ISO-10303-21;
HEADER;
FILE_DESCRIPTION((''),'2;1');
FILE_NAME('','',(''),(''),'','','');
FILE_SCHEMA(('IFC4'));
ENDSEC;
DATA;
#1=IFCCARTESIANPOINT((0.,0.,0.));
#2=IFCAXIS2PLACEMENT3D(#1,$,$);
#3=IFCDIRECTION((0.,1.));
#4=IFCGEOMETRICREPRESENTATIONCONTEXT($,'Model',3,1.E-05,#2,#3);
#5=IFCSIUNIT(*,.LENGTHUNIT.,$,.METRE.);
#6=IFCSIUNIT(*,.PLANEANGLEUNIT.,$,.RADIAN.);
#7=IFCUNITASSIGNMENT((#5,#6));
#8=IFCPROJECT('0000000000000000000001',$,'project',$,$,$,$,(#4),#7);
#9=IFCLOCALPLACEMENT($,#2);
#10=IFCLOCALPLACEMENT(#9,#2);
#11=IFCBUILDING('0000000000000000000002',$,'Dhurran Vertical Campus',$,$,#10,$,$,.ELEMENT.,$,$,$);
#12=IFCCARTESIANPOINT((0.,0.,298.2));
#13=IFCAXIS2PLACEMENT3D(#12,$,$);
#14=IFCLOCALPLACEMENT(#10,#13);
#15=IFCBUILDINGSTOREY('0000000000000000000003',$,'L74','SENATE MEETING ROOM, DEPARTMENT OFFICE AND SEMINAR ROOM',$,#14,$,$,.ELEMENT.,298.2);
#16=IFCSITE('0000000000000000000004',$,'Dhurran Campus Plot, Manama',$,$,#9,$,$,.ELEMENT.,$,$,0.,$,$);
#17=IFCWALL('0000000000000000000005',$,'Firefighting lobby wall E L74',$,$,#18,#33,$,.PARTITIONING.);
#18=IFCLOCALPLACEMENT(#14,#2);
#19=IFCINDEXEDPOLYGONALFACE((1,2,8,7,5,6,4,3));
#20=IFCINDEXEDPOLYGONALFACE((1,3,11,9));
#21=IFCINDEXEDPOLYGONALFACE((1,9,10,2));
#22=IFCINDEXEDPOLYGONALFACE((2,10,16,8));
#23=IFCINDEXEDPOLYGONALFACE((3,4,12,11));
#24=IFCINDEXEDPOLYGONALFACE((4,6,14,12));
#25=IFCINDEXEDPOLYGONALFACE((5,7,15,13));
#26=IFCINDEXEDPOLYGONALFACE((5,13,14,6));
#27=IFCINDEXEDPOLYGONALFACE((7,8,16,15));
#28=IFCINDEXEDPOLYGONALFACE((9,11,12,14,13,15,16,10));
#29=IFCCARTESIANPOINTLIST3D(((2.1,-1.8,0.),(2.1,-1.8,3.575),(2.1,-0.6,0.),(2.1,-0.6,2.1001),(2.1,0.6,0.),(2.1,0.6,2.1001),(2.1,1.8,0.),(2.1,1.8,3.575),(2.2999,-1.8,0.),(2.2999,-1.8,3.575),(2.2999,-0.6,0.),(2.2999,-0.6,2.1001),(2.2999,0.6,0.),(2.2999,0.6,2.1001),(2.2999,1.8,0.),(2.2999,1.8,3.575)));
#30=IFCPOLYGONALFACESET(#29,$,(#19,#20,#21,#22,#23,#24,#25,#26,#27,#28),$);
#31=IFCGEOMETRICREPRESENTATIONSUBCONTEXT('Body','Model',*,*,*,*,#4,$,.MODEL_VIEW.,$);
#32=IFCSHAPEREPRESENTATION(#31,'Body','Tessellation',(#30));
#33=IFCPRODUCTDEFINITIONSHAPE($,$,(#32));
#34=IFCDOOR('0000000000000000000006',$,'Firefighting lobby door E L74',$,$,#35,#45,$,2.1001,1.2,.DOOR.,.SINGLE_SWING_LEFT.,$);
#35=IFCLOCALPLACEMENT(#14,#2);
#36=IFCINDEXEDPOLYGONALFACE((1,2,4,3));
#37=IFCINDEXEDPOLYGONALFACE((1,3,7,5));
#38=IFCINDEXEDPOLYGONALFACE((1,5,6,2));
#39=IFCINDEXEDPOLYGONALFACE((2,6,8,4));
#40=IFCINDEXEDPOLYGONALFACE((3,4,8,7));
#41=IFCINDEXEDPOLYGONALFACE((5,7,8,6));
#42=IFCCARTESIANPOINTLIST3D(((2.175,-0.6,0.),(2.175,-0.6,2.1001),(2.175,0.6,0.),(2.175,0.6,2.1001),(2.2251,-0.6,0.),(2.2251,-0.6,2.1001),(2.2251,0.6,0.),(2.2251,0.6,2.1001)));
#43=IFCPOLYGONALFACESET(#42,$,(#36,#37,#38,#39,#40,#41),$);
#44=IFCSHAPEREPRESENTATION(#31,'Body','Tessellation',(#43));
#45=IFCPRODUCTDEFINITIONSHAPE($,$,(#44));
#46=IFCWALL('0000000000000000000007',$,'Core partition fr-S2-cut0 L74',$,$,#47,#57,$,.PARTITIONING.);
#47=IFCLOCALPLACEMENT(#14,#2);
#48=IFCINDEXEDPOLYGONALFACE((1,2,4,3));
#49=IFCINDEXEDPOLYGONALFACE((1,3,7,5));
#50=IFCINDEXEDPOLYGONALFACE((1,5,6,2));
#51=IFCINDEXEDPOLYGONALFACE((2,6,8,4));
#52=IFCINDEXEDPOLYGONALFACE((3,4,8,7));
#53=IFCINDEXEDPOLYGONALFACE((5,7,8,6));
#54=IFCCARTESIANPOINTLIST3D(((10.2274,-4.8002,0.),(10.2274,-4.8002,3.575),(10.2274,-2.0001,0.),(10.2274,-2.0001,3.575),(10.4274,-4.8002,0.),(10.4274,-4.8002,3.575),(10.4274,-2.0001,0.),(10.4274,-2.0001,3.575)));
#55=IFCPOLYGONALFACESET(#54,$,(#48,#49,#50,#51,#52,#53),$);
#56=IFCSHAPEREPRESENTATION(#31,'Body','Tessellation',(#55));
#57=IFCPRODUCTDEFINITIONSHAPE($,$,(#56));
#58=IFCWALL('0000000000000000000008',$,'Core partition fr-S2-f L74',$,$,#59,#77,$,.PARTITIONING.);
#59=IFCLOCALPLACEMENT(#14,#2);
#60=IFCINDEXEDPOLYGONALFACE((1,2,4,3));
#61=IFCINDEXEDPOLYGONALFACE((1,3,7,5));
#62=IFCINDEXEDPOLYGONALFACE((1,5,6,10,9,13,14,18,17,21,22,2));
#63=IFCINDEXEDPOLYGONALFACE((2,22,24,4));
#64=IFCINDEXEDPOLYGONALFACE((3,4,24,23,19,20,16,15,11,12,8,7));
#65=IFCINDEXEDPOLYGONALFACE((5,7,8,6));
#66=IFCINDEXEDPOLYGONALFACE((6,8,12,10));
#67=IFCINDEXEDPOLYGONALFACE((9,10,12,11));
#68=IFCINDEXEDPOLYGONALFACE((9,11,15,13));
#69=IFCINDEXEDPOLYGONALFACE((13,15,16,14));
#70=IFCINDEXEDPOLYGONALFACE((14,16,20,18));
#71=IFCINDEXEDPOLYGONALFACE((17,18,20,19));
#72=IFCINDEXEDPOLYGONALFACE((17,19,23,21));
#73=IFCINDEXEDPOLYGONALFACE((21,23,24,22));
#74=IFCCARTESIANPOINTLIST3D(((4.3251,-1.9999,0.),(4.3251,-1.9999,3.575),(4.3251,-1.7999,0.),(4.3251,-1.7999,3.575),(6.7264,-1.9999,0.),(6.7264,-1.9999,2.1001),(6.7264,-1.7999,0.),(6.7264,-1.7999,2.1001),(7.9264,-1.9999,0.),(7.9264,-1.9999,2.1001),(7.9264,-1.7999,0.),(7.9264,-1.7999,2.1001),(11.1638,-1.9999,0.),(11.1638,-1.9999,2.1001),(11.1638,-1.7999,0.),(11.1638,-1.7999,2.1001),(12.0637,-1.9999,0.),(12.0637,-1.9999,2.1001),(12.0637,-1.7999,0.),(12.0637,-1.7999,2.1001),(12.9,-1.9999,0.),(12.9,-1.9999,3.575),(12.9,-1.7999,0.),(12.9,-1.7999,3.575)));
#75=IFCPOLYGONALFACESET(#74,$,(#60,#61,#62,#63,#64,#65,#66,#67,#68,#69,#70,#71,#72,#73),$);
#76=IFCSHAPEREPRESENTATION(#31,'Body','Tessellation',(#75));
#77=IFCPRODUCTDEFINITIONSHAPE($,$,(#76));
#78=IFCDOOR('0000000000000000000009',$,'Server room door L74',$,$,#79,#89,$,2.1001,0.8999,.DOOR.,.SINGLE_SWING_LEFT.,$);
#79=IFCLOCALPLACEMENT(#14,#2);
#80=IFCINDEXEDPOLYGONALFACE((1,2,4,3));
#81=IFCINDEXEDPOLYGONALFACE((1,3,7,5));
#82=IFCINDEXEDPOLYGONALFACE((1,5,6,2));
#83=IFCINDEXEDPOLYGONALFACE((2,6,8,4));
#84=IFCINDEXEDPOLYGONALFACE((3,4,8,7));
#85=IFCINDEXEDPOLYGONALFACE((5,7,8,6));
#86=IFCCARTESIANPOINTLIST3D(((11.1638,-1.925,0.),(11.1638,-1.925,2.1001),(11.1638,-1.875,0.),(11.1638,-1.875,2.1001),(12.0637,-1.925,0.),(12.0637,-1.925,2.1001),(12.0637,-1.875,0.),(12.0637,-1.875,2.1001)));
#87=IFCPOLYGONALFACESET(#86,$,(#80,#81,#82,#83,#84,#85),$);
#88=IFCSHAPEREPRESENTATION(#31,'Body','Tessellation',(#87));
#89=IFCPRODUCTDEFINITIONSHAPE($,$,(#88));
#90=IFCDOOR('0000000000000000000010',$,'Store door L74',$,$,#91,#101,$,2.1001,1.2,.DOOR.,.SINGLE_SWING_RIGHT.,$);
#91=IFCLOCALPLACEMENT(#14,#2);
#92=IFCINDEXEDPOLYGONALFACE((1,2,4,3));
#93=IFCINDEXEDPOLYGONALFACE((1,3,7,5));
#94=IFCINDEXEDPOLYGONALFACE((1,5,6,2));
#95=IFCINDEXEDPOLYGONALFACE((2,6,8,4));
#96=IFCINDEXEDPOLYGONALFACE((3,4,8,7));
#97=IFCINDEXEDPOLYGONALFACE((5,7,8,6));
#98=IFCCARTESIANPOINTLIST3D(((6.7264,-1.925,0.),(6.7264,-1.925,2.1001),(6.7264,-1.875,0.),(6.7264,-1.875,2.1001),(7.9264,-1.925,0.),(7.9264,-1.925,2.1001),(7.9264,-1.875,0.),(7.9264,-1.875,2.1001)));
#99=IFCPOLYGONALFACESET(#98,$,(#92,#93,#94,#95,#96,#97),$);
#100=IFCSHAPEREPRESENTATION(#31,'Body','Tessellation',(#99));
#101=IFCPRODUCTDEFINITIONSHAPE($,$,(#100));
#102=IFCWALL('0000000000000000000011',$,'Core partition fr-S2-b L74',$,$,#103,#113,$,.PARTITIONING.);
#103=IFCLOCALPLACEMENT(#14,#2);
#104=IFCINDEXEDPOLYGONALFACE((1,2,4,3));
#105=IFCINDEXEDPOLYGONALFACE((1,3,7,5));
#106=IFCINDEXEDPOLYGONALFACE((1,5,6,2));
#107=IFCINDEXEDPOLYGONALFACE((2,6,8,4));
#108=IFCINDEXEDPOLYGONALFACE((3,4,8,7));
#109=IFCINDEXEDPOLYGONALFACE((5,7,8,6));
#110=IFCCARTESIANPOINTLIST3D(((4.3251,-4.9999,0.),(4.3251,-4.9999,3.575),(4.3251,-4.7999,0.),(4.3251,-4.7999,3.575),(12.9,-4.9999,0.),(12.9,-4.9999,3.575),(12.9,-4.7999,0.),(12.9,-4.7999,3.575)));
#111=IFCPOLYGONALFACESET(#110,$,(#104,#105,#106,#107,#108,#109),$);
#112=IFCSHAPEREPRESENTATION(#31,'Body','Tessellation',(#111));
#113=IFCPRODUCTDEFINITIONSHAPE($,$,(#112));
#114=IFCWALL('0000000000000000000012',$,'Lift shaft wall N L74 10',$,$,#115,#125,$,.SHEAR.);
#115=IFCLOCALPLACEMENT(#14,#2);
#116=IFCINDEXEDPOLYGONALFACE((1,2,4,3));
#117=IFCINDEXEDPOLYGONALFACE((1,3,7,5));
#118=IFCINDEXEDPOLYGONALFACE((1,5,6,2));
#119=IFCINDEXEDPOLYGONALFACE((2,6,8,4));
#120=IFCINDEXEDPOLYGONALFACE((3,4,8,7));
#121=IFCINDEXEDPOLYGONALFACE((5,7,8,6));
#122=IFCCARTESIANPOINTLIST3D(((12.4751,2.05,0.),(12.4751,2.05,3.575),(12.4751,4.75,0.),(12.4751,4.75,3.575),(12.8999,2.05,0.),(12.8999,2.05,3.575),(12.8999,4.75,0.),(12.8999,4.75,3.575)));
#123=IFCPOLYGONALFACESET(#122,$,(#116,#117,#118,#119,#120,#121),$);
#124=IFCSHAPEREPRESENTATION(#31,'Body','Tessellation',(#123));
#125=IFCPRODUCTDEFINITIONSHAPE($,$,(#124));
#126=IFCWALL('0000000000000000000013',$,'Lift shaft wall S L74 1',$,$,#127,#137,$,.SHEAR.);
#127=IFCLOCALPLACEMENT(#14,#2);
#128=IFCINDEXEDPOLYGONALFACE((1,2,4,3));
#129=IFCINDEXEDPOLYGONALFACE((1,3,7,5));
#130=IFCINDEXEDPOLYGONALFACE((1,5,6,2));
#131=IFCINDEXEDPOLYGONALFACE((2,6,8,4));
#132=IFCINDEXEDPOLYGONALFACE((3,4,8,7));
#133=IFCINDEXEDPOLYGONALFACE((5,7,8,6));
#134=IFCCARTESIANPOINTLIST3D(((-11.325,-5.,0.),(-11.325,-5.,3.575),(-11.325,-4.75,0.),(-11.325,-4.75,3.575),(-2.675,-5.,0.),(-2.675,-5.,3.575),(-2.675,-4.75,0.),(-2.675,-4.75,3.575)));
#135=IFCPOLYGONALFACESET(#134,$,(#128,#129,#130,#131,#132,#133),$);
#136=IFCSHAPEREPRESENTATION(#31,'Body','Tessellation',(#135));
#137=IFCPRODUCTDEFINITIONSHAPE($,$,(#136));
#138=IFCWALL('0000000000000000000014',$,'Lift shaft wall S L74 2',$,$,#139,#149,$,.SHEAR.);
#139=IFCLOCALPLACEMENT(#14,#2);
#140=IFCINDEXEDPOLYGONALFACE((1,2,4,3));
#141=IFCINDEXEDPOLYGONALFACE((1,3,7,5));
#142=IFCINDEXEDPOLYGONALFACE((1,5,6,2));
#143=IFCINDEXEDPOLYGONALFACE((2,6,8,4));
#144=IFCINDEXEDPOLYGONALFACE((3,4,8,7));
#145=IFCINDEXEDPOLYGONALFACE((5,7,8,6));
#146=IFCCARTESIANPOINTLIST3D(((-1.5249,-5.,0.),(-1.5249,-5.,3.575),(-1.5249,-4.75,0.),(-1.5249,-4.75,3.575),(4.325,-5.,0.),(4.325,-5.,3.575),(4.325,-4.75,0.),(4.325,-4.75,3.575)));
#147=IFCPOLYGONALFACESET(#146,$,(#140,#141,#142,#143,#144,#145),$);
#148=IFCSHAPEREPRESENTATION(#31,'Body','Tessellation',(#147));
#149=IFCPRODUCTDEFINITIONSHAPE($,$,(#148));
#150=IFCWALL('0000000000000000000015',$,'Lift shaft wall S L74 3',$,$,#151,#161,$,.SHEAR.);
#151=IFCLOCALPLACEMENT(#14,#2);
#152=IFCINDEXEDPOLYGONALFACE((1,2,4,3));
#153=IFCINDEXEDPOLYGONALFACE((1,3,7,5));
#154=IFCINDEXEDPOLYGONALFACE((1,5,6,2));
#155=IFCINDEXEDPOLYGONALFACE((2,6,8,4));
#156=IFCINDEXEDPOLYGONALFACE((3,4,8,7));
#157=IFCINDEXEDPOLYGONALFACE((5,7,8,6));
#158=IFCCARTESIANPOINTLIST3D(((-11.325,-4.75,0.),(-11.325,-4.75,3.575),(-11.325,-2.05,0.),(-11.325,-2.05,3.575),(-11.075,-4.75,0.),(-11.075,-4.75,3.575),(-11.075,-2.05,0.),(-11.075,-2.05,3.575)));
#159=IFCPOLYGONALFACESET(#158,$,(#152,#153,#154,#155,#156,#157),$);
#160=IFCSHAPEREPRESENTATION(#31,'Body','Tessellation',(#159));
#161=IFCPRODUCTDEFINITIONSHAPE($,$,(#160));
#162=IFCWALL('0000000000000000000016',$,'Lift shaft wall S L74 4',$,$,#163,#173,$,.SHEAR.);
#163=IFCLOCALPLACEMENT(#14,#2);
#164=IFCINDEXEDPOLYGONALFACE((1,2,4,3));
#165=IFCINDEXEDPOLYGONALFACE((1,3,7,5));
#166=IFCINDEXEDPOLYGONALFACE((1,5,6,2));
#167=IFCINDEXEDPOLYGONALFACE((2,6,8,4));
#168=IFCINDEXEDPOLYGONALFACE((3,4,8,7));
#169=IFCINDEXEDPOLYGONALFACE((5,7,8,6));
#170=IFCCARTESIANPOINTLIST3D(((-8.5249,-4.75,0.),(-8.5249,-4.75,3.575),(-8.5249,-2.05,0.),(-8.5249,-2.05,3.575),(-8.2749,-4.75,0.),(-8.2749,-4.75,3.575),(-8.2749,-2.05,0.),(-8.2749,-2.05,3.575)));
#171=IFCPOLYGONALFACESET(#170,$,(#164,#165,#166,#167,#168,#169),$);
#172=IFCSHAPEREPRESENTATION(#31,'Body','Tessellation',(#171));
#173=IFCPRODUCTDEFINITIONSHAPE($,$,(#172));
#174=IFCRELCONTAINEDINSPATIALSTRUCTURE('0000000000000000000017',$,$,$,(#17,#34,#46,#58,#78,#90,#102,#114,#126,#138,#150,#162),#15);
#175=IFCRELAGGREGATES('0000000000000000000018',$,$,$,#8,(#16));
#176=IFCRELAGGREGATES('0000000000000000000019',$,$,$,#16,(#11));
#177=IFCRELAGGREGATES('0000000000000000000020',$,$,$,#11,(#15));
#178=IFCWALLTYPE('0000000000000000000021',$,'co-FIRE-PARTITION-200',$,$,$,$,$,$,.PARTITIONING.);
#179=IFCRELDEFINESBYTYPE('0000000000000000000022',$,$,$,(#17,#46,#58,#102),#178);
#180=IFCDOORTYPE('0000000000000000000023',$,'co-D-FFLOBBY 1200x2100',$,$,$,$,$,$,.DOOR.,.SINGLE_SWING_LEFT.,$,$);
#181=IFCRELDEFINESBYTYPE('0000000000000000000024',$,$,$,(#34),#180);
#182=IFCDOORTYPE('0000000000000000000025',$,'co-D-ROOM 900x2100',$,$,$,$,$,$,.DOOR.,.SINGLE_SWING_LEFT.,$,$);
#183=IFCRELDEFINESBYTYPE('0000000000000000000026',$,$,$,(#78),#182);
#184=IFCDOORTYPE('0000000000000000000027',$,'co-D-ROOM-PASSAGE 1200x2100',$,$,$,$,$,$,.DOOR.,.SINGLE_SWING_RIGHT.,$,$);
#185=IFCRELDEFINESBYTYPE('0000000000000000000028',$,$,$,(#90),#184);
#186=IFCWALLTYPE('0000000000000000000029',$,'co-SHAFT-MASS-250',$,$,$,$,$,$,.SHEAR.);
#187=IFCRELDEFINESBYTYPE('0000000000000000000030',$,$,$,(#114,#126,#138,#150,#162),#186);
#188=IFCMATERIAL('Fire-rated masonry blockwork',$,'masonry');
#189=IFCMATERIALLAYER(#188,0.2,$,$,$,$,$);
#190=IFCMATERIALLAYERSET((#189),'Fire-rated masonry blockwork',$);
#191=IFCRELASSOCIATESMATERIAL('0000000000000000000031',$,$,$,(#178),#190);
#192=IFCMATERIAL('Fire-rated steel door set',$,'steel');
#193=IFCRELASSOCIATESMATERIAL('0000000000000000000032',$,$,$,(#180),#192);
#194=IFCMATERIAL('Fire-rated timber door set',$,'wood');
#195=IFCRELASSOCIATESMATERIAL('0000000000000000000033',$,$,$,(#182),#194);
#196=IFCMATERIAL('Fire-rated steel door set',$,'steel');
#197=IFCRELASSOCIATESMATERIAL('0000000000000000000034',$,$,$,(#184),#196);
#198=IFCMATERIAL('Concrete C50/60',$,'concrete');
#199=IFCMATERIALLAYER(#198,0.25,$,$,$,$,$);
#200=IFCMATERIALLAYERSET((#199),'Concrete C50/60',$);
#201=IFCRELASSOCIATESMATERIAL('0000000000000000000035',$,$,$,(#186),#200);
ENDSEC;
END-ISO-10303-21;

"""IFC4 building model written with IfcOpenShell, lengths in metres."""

from ifc_helpers import new_model, si_unit, direction, frame, frame_2d, origin, place, context, subcontext, project, spatial, polyline, rectangle, outline, extrude, material, layer, layer_set, type_object, element, fill, save


model = new_model("IFC4")

# Units and contexts
model_context = context("Model", 3, precision=1e-05, world=origin(), true_north=direction((0.0, 1.0)))
body_context = subcontext(model_context, "Body", "Model", "MODEL_VIEW")
ifc_project = project(units=[si_unit("LENGTHUNIT", "METRE"), si_unit("PLANEANGLEUNIT", "RADIAN")], contexts=[model_context])

# Site, building, storey
site_placement = place(None, origin())
site = spatial("IfcSite", under=ifc_project, at=site_placement, Name="Dhurran Campus Plot, Manama", CompositionType="ELEMENT", RefElevation=0.0)
building_placement = place(site_placement, origin())
building = spatial("IfcBuilding", under=site, at=building_placement, Name="Dhurran Vertical Campus", CompositionType="ELEMENT")
storey_placement = place(building_placement, frame((0.0, 0.0, 298.2)))
storey = spatial("IfcBuildingStorey", under=building, at=storey_placement, Name="L74", Description="SENATE MEETING ROOM, DEPARTMENT OFFICE AND SEMINAR ROOM", CompositionType="ELEMENT", Elevation=298.2)

# Wall, opening, door
ifc_material_1 = material(Name="Fire-rated masonry blockwork", Category="masonry")
ifc_layer_1 = layer(ifc_material_1, 0.2)
ifc_layer_set_1 = layer_set([ifc_layer_1], Name="Fire-rated masonry blockwork")
wall_type_1 = type_object("IfcWallType", Name="co-FIRE-PARTITION-200", PredefinedType="PARTITIONING", material=ifc_layer_set_1)
wall_1_placement = place(storey_placement, frame((2.2, -1.8, 0.0), z_axis=(0.0, 0.0, 1.0), x_axis=(0.0, 1.0, 0.0)))
wall_1 = element("IfcWall", 1, at=wall_1_placement, inside=storey, type_object=wall_type_1, Name="Firefighting lobby wall E L74", PredefinedType="PARTITIONING", context=body_context, shape_type="SweptSolid", body=[
    extrude(rectangle(XDim=3.6001, YDim=0.2, at=frame_2d((1.8, 0.0))), origin(), (0.0, 0.0, 1.0), 3.575),
])
opening_1_placement = place(wall_1_placement, frame((1.2, 0.0, 0.0)))
opening_1 = element("IfcOpeningElement", 2, at=opening_1_placement, cuts=wall_1, PredefinedType="OPENING", context=body_context, shape_type="SweptSolid", body=[
    extrude(rectangle(XDim=1.2, YDim=2.1001, at=frame_2d((0.6001, 1.05))), frame((0.0, 0.1099, 0.0), z_axis=(0.0, -1.0, 0.0), x_axis=(1.0, 0.0, 0.0)), (0.0, 0.0, 1.0), 0.22),
])
ifc_material_2 = material(Name="Fire-rated steel door set", Category="steel")
door_type_1 = type_object("IfcDoorType", Name="co-D-FFLOBBY 1200x2100", OperationType="SINGLE_SWING_LEFT", PredefinedType="DOOR", material=ifc_material_2)
door_1_placement = place(opening_1_placement, origin())
door_1 = element("IfcDoor", 3, at=door_1_placement, inside=storey, type_object=door_type_1, Name="Firefighting lobby door E L74", OperationType="SINGLE_SWING_LEFT", OverallHeight=2.1001, OverallWidth=1.2, PredefinedType="DOOR", context=body_context, shape_type="SweptSolid", body=[
    extrude(rectangle(XDim=1.2, YDim=2.1001, at=frame_2d((0.6001, 1.05))), frame((0.0, 0.0249, 0.0), z_axis=(0.0, -1.0, 0.0), x_axis=(1.0, 0.0, 0.0)), (0.0, 0.0, 1.0), 0.05),
])
fill(opening_1, door_1)

# Wall
wall_2_placement = place(storey_placement, frame((10.3274, -4.8, 0.0), z_axis=(0.0, 0.0, 1.0), x_axis=(0.0, 1.0, 0.0)))
element("IfcWall", 4, at=wall_2_placement, inside=storey, type_object=wall_type_1, Name="Core partition fr-S2-cut0 L74", PredefinedType="PARTITIONING", context=body_context, shape_type="SweptSolid", body=[
    extrude(rectangle(XDim=2.8, YDim=0.2, at=frame_2d((1.3999, 0.0))), origin(), (0.0, 0.0, 1.0), 3.575),
])

# Wall, openings, doors
wall_3_placement = place(storey_placement, frame((4.325, -1.8999, 0.0), z_axis=(0.0, 0.0, 1.0), x_axis=(1.0, 0.0, 0.0)))
wall_3 = element("IfcWall", 5, at=wall_3_placement, inside=storey, type_object=wall_type_1, Name="Core partition fr-S2-f L74", PredefinedType="PARTITIONING", context=body_context, shape_type="SweptSolid", body=[
    extrude(rectangle(XDim=8.575, YDim=0.2, at=frame_2d((4.2876, 0.0))), origin(), (0.0, 0.0, 1.0), 3.575),
])
opening_2_placement = place(wall_3_placement, frame((2.4014, 0.0, 0.0)))
opening_2 = element("IfcOpeningElement", 6, at=opening_2_placement, cuts=wall_3, PredefinedType="OPENING", context=body_context, shape_type="SweptSolid", body=[
    extrude(rectangle(XDim=1.2, YDim=2.1001, at=frame_2d((0.6001, 1.05))), frame((0.0, 0.1099, 0.0), z_axis=(0.0, -1.0, 0.0), x_axis=(1.0, 0.0, 0.0)), (0.0, 0.0, 1.0), 0.22),
])
opening_3_placement = place(wall_3_placement, frame((6.8389, 0.0, 0.0)))
opening_3 = element("IfcOpeningElement", 7, at=opening_3_placement, cuts=wall_3, PredefinedType="OPENING", context=body_context, shape_type="SweptSolid", body=[
    extrude(rectangle(XDim=0.8999, YDim=2.1001, at=frame_2d((0.45, 1.05))), frame((0.0, 0.1099, 0.0), z_axis=(0.0, -1.0, 0.0), x_axis=(1.0, 0.0, 0.0)), (0.0, 0.0, 1.0), 0.22),
])
ifc_material_3 = material(Name="Fire-rated timber door set", Category="wood")
door_type_2 = type_object("IfcDoorType", Name="co-D-ROOM 900x2100", OperationType="SINGLE_SWING_LEFT", PredefinedType="DOOR", material=ifc_material_3)
door_2_placement = place(opening_3_placement, origin())
door_2 = element("IfcDoor", 8, at=door_2_placement, inside=storey, type_object=door_type_2, Name="Server room door L74", OperationType="SINGLE_SWING_LEFT", OverallHeight=2.1001, OverallWidth=0.8999, PredefinedType="DOOR", context=body_context, shape_type="SweptSolid", body=[
    extrude(rectangle(XDim=0.8999, YDim=2.1001, at=frame_2d((0.45, 1.05))), frame((0.0, 0.0249, 0.0), z_axis=(0.0, -1.0, 0.0), x_axis=(1.0, 0.0, 0.0)), (0.0, 0.0, 1.0), 0.05),
])
fill(opening_3, door_2)
ifc_material_4 = material(Name="Fire-rated steel door set", Category="steel")
door_type_3 = type_object("IfcDoorType", Name="co-D-ROOM-PASSAGE 1200x2100", OperationType="SINGLE_SWING_RIGHT", PredefinedType="DOOR", material=ifc_material_4)
door_3_placement = place(opening_2_placement, origin())
door_3 = element("IfcDoor", 9, at=door_3_placement, inside=storey, type_object=door_type_3, Name="Store door L74", OperationType="SINGLE_SWING_RIGHT", OverallHeight=2.1001, OverallWidth=1.2, PredefinedType="DOOR", context=body_context, shape_type="SweptSolid", body=[
    extrude(rectangle(XDim=1.2, YDim=2.1001, at=frame_2d((0.6001, 1.05))), frame((0.0, 0.0249, 0.0), z_axis=(0.0, -1.0, 0.0), x_axis=(1.0, 0.0, 0.0)), (0.0, 0.0, 1.0), 0.05),
])
fill(opening_2, door_3)

# Walls
wall_4_placement = place(storey_placement, frame((4.325, -4.8999, 0.0), z_axis=(0.0, 0.0, 1.0), x_axis=(1.0, 0.0, 0.0)))
element("IfcWall", 10, at=wall_4_placement, inside=storey, type_object=wall_type_1, Name="Core partition fr-S2-b L74", PredefinedType="PARTITIONING", context=body_context, shape_type="SweptSolid", body=[
    extrude(rectangle(XDim=8.575, YDim=0.2, at=frame_2d((4.2876, 0.0))), origin(), (0.0, 0.0, 1.0), 3.575),
])
ifc_material_5 = material(Name="Concrete C50/60", Category="concrete")
ifc_layer_2 = layer(ifc_material_5, 0.25)
ifc_layer_set_2 = layer_set([ifc_layer_2], Name="Concrete C50/60")
wall_type_2 = type_object("IfcWallType", Name="co-SHAFT-MASS-250", PredefinedType="SHEAR", material=ifc_layer_set_2)
wall_5_placement = place(storey_placement, origin())
element("IfcWall", 11, at=wall_5_placement, inside=storey, type_object=wall_type_2, Name="Lift shaft wall N L74 10", PredefinedType="SHEAR", context=body_context, shape_type="SweptSolid", body=[
    extrude(outline(polyline([(12.4751, 2.05), (12.8999, 2.05), (12.8999, 4.75), (12.4751, 4.75), (12.4751, 2.05)])), origin(), (0.0, 0.0, 1.0), 3.575),
])
wall_6_placement = place(storey_placement, origin())
element("IfcWall", 12, at=wall_6_placement, inside=storey, type_object=wall_type_2, Name="Lift shaft wall S L74 1", PredefinedType="SHEAR", context=body_context, shape_type="SweptSolid", body=[
    extrude(outline(polyline([(-11.325, -5.0), (-2.675, -5.0), (-2.675, -4.75), (-11.325, -4.75), (-11.325, -5.0)])), origin(), (0.0, 0.0, 1.0), 3.575),
])
wall_7_placement = place(storey_placement, origin())
element("IfcWall", 13, at=wall_7_placement, inside=storey, type_object=wall_type_2, Name="Lift shaft wall S L74 2", PredefinedType="SHEAR", context=body_context, shape_type="SweptSolid", body=[
    extrude(outline(polyline([(-1.5249, -5.0), (4.325, -5.0), (4.325, -4.75), (-1.5249, -4.75), (-1.5249, -5.0)])), origin(), (0.0, 0.0, 1.0), 3.575),
])
wall_8_placement = place(storey_placement, origin())
element("IfcWall", 14, at=wall_8_placement, inside=storey, type_object=wall_type_2, Name="Lift shaft wall S L74 3", PredefinedType="SHEAR", context=body_context, shape_type="SweptSolid", body=[
    extrude(outline(polyline([(-11.325, -4.75), (-11.075, -4.75), (-11.075, -2.05), (-11.325, -2.05), (-11.325, -4.75)])), origin(), (0.0, 0.0, 1.0), 3.575),
])
wall_9_placement = place(storey_placement, origin())
element("IfcWall", 15, at=wall_9_placement, inside=storey, type_object=wall_type_2, Name="Lift shaft wall S L74 4", PredefinedType="SHEAR", context=body_context, shape_type="SweptSolid", body=[
    extrude(outline(polyline([(-8.5249, -4.75), (-8.2749, -4.75), (-8.2749, -2.05), (-8.5249, -2.05), (-8.5249, -4.75)])), origin(), (0.0, 0.0, 1.0), 3.575),
])

save(model, "model.ifc")
